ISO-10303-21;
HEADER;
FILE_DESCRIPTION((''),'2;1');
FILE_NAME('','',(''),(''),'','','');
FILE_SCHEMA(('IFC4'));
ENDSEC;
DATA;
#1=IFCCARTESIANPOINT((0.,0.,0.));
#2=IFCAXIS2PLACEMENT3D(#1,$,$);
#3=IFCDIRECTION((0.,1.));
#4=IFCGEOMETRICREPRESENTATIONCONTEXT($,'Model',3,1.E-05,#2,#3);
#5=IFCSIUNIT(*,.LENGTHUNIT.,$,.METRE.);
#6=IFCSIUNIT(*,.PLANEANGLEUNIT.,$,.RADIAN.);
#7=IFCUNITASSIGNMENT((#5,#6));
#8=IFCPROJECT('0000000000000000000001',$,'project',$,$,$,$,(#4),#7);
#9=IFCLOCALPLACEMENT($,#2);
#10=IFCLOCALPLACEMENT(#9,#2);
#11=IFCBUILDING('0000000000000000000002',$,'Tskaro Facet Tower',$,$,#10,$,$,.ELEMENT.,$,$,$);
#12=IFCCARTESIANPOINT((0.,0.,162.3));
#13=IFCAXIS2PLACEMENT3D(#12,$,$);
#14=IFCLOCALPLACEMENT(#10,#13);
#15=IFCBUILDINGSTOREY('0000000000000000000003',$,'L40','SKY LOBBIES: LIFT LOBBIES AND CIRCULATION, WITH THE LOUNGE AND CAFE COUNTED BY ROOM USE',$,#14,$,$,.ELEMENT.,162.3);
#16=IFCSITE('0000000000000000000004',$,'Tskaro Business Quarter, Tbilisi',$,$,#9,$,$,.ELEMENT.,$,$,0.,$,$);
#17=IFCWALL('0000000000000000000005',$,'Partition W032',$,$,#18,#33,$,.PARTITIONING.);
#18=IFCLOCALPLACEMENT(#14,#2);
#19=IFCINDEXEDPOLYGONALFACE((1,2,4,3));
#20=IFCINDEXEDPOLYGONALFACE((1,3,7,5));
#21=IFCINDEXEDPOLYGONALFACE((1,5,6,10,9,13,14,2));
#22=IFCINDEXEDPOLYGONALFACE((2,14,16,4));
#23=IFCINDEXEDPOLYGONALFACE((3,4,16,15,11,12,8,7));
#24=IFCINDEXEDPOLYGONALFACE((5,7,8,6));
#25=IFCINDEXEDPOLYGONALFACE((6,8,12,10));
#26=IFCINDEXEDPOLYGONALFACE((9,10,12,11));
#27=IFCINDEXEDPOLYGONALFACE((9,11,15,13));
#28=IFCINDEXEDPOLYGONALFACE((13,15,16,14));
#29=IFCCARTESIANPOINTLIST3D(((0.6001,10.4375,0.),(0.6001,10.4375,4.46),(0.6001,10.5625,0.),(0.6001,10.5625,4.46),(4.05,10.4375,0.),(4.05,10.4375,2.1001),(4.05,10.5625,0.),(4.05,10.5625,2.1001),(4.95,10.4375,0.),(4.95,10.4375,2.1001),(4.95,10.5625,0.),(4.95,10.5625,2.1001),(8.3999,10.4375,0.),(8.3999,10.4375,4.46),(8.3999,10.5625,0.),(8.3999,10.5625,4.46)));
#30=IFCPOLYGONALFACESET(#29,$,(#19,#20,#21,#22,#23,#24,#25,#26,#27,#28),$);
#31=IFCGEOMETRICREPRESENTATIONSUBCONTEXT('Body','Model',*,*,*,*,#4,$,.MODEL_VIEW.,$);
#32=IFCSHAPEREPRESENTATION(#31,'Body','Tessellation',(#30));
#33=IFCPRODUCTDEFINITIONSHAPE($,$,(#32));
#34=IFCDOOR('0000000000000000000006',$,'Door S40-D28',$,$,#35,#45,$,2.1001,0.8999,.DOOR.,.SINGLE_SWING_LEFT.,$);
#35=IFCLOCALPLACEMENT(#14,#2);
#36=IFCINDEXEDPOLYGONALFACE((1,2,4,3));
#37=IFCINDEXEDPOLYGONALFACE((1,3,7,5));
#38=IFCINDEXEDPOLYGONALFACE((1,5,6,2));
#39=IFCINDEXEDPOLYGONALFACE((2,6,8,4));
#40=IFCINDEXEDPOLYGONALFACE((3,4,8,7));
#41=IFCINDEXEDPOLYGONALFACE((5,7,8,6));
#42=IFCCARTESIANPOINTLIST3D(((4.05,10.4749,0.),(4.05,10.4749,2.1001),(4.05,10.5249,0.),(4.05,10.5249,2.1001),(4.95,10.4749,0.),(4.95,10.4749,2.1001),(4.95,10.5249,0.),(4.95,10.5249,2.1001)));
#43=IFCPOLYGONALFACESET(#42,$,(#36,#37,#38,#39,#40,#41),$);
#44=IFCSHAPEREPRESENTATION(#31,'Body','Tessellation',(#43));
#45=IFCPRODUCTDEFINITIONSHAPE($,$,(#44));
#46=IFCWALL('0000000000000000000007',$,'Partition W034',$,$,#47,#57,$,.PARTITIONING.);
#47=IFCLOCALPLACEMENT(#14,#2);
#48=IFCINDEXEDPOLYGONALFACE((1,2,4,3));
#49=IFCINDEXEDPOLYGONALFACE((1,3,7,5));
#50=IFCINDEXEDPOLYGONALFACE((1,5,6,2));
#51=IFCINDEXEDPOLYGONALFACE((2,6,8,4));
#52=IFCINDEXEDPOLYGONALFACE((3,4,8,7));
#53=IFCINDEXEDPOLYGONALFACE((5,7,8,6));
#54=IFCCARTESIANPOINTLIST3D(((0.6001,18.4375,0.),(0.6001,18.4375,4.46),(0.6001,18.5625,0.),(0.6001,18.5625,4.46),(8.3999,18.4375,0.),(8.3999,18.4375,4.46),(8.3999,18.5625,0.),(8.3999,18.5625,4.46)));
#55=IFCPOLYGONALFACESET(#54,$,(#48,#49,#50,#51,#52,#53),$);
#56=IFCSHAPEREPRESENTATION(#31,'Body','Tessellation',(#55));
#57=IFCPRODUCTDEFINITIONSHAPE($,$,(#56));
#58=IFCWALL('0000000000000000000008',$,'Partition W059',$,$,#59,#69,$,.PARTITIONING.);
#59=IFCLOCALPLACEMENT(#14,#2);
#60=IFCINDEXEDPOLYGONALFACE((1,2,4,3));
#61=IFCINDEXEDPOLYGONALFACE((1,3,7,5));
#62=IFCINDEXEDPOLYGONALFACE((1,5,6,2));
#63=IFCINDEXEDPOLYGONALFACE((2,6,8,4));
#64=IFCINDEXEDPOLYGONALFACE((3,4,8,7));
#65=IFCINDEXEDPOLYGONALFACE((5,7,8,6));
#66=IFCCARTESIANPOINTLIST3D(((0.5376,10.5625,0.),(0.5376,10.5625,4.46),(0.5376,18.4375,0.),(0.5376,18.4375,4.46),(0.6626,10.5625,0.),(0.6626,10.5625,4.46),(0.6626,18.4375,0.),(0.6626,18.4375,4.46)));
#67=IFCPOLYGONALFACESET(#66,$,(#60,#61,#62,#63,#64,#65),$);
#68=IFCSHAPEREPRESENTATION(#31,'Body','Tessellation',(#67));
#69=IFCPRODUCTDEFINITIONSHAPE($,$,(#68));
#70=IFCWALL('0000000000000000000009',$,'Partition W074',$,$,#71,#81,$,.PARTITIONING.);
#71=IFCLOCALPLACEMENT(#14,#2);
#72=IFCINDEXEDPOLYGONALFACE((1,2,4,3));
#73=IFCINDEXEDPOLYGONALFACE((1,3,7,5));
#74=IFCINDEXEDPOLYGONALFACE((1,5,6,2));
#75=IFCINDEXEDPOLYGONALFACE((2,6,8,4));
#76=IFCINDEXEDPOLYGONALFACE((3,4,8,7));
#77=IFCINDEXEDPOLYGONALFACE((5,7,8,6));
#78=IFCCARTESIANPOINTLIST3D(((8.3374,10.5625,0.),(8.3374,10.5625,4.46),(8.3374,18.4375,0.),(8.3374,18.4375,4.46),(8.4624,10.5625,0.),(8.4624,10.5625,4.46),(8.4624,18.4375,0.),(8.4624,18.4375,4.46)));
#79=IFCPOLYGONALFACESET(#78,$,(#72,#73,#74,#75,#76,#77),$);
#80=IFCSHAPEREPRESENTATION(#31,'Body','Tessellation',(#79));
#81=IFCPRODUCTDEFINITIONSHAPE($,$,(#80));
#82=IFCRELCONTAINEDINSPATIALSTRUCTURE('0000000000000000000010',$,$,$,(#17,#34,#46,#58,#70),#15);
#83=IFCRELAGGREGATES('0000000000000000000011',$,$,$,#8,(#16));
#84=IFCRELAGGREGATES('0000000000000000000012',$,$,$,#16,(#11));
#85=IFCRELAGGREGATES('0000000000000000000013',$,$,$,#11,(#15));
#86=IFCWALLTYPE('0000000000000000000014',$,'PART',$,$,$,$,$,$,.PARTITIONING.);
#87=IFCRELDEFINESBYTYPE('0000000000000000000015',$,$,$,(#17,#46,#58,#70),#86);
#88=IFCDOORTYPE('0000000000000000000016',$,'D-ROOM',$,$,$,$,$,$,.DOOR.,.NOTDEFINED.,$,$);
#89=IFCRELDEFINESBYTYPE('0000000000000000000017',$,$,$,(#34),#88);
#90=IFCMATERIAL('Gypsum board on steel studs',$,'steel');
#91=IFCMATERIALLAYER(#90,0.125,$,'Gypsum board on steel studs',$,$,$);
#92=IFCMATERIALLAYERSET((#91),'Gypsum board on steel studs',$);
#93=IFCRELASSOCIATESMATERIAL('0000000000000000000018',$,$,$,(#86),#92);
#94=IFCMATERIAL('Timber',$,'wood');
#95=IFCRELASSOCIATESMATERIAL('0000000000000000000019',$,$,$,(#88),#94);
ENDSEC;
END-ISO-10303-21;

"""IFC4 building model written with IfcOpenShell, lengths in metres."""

from ifc_helpers import new_model, si_unit, direction, frame, frame_2d, origin, place, context, subcontext, project, spatial, rectangle, extrude, material, layer, layer_set, type_object, element, fill, save


model = new_model("IFC4")

# Units and contexts
model_context = context("Model", 3, precision=1e-05, world=origin(), true_north=direction((0.0, 1.0)))
body_context = subcontext(model_context, "Body", "Model", "MODEL_VIEW")
ifc_project = project(units=[si_unit("LENGTHUNIT", "METRE"), si_unit("PLANEANGLEUNIT", "RADIAN")], contexts=[model_context])

# Site, building, storey
site_placement = place(None, origin())
site = spatial("IfcSite", under=ifc_project, at=site_placement, Name="Tskaro Business Quarter, Tbilisi", CompositionType="ELEMENT", RefElevation=0.0)
building_placement = place(site_placement, origin())
building = spatial("IfcBuilding", under=site, at=building_placement, Name="Tskaro Facet Tower", CompositionType="ELEMENT")
storey_placement = place(building_placement, frame((0.0, 0.0, 162.3)))
storey = spatial("IfcBuildingStorey", under=building, at=storey_placement, Name="L40", Description="SKY LOBBIES: LIFT LOBBIES AND CIRCULATION, WITH THE LOUNGE AND CAFE COUNTED BY ROOM USE", CompositionType="ELEMENT", Elevation=162.3)

# Wall, opening, door
ifc_material_1 = material(Name="Gypsum board on steel studs", Category="steel")
ifc_layer_1 = layer(ifc_material_1, 0.125, Name="Gypsum board on steel studs")
ifc_layer_set_1 = layer_set([ifc_layer_1], Name="Gypsum board on steel studs")
wall_type = type_object("IfcWallType", Name="PART", PredefinedType="PARTITIONING", material=ifc_layer_set_1)
wall_1_placement = place(storey_placement, frame((0.6001, 10.5, 0.0), z_axis=(0.0, 0.0, 1.0), x_axis=(1.0, 0.0, 0.0)))
wall_1 = element("IfcWall", 1, at=wall_1_placement, inside=storey, type_object=wall_type, Name="Partition W032", PredefinedType="PARTITIONING", context=body_context, shape_type="SweptSolid", body=[
    extrude(rectangle(XDim=7.7998, YDim=0.125, at=frame_2d((3.8999, 0.0))), origin(), (0.0, 0.0, 1.0), 4.46),
])
opening_placement = place(wall_1_placement, frame((3.45, 0.0, 0.0)))
opening = element("IfcOpeningElement", 2, at=opening_placement, cuts=wall_1, PredefinedType="OPENING", context=body_context, shape_type="SweptSolid", body=[
    extrude(rectangle(XDim=0.8999, YDim=2.1001, at=frame_2d((0.45, 1.05))), frame((0.0, 0.0725, 0.0), z_axis=(0.0, -1.0, 0.0), x_axis=(1.0, 0.0, 0.0)), (0.0, 0.0, 1.0), 0.145),
])
ifc_material_2 = material(Name="Timber", Category="wood")
door_type = type_object("IfcDoorType", Name="D-ROOM", OperationType="NOTDEFINED", PredefinedType="DOOR", material=ifc_material_2)
door_placement = place(opening_placement, origin())
door = element("IfcDoor", 3, at=door_placement, inside=storey, type_object=door_type, Name="Door S40-D28", OperationType="SINGLE_SWING_LEFT", OverallHeight=2.1001, OverallWidth=0.8999, PredefinedType="DOOR", context=body_context, shape_type="SweptSolid", body=[
    extrude(rectangle(XDim=0.8999, YDim=2.1001, at=frame_2d((0.45, 1.05))), frame((0.0, 0.0249, 0.0), z_axis=(0.0, -1.0, 0.0), x_axis=(1.0, 0.0, 0.0)), (0.0, 0.0, 1.0), 0.05),
])
fill(opening, door)

# Walls
wall_2_placement = place(storey_placement, frame((0.6001, 18.5, 0.0), z_axis=(0.0, 0.0, 1.0), x_axis=(1.0, 0.0, 0.0)))
element("IfcWall", 4, at=wall_2_placement, inside=storey, type_object=wall_type, Name="Partition W034", PredefinedType="PARTITIONING", context=body_context, shape_type="SweptSolid", body=[
    extrude(rectangle(XDim=7.7998, YDim=0.125, at=frame_2d((3.8999, 0.0))), origin(), (0.0, 0.0, 1.0), 4.46),
])
for number, where, z_axis, x_axis, name in (
    (5, (0.6001, 10.5625, 0.0), (0.0, 0.0, 1.0), (0.0, 1.0, 0.0), "Partition W059"),
    (6, (8.3999, 10.5625, 0.0), (0.0, 0.0, 1.0), (0.0, 1.0, 0.0), "Partition W074"),
):
    element("IfcWall", number, at=place(storey_placement, frame(where, z_axis=z_axis, x_axis=x_axis)), inside=storey, type_object=wall_type, Name=name, PredefinedType="PARTITIONING", context=body_context, shape_type="SweptSolid", body=[
        extrude(rectangle(XDim=7.875, YDim=0.125, at=frame_2d((3.9375, 0.0))), origin(), (0.0, 0.0, 1.0), 4.46),
    ])

save(model, "model.ifc")
